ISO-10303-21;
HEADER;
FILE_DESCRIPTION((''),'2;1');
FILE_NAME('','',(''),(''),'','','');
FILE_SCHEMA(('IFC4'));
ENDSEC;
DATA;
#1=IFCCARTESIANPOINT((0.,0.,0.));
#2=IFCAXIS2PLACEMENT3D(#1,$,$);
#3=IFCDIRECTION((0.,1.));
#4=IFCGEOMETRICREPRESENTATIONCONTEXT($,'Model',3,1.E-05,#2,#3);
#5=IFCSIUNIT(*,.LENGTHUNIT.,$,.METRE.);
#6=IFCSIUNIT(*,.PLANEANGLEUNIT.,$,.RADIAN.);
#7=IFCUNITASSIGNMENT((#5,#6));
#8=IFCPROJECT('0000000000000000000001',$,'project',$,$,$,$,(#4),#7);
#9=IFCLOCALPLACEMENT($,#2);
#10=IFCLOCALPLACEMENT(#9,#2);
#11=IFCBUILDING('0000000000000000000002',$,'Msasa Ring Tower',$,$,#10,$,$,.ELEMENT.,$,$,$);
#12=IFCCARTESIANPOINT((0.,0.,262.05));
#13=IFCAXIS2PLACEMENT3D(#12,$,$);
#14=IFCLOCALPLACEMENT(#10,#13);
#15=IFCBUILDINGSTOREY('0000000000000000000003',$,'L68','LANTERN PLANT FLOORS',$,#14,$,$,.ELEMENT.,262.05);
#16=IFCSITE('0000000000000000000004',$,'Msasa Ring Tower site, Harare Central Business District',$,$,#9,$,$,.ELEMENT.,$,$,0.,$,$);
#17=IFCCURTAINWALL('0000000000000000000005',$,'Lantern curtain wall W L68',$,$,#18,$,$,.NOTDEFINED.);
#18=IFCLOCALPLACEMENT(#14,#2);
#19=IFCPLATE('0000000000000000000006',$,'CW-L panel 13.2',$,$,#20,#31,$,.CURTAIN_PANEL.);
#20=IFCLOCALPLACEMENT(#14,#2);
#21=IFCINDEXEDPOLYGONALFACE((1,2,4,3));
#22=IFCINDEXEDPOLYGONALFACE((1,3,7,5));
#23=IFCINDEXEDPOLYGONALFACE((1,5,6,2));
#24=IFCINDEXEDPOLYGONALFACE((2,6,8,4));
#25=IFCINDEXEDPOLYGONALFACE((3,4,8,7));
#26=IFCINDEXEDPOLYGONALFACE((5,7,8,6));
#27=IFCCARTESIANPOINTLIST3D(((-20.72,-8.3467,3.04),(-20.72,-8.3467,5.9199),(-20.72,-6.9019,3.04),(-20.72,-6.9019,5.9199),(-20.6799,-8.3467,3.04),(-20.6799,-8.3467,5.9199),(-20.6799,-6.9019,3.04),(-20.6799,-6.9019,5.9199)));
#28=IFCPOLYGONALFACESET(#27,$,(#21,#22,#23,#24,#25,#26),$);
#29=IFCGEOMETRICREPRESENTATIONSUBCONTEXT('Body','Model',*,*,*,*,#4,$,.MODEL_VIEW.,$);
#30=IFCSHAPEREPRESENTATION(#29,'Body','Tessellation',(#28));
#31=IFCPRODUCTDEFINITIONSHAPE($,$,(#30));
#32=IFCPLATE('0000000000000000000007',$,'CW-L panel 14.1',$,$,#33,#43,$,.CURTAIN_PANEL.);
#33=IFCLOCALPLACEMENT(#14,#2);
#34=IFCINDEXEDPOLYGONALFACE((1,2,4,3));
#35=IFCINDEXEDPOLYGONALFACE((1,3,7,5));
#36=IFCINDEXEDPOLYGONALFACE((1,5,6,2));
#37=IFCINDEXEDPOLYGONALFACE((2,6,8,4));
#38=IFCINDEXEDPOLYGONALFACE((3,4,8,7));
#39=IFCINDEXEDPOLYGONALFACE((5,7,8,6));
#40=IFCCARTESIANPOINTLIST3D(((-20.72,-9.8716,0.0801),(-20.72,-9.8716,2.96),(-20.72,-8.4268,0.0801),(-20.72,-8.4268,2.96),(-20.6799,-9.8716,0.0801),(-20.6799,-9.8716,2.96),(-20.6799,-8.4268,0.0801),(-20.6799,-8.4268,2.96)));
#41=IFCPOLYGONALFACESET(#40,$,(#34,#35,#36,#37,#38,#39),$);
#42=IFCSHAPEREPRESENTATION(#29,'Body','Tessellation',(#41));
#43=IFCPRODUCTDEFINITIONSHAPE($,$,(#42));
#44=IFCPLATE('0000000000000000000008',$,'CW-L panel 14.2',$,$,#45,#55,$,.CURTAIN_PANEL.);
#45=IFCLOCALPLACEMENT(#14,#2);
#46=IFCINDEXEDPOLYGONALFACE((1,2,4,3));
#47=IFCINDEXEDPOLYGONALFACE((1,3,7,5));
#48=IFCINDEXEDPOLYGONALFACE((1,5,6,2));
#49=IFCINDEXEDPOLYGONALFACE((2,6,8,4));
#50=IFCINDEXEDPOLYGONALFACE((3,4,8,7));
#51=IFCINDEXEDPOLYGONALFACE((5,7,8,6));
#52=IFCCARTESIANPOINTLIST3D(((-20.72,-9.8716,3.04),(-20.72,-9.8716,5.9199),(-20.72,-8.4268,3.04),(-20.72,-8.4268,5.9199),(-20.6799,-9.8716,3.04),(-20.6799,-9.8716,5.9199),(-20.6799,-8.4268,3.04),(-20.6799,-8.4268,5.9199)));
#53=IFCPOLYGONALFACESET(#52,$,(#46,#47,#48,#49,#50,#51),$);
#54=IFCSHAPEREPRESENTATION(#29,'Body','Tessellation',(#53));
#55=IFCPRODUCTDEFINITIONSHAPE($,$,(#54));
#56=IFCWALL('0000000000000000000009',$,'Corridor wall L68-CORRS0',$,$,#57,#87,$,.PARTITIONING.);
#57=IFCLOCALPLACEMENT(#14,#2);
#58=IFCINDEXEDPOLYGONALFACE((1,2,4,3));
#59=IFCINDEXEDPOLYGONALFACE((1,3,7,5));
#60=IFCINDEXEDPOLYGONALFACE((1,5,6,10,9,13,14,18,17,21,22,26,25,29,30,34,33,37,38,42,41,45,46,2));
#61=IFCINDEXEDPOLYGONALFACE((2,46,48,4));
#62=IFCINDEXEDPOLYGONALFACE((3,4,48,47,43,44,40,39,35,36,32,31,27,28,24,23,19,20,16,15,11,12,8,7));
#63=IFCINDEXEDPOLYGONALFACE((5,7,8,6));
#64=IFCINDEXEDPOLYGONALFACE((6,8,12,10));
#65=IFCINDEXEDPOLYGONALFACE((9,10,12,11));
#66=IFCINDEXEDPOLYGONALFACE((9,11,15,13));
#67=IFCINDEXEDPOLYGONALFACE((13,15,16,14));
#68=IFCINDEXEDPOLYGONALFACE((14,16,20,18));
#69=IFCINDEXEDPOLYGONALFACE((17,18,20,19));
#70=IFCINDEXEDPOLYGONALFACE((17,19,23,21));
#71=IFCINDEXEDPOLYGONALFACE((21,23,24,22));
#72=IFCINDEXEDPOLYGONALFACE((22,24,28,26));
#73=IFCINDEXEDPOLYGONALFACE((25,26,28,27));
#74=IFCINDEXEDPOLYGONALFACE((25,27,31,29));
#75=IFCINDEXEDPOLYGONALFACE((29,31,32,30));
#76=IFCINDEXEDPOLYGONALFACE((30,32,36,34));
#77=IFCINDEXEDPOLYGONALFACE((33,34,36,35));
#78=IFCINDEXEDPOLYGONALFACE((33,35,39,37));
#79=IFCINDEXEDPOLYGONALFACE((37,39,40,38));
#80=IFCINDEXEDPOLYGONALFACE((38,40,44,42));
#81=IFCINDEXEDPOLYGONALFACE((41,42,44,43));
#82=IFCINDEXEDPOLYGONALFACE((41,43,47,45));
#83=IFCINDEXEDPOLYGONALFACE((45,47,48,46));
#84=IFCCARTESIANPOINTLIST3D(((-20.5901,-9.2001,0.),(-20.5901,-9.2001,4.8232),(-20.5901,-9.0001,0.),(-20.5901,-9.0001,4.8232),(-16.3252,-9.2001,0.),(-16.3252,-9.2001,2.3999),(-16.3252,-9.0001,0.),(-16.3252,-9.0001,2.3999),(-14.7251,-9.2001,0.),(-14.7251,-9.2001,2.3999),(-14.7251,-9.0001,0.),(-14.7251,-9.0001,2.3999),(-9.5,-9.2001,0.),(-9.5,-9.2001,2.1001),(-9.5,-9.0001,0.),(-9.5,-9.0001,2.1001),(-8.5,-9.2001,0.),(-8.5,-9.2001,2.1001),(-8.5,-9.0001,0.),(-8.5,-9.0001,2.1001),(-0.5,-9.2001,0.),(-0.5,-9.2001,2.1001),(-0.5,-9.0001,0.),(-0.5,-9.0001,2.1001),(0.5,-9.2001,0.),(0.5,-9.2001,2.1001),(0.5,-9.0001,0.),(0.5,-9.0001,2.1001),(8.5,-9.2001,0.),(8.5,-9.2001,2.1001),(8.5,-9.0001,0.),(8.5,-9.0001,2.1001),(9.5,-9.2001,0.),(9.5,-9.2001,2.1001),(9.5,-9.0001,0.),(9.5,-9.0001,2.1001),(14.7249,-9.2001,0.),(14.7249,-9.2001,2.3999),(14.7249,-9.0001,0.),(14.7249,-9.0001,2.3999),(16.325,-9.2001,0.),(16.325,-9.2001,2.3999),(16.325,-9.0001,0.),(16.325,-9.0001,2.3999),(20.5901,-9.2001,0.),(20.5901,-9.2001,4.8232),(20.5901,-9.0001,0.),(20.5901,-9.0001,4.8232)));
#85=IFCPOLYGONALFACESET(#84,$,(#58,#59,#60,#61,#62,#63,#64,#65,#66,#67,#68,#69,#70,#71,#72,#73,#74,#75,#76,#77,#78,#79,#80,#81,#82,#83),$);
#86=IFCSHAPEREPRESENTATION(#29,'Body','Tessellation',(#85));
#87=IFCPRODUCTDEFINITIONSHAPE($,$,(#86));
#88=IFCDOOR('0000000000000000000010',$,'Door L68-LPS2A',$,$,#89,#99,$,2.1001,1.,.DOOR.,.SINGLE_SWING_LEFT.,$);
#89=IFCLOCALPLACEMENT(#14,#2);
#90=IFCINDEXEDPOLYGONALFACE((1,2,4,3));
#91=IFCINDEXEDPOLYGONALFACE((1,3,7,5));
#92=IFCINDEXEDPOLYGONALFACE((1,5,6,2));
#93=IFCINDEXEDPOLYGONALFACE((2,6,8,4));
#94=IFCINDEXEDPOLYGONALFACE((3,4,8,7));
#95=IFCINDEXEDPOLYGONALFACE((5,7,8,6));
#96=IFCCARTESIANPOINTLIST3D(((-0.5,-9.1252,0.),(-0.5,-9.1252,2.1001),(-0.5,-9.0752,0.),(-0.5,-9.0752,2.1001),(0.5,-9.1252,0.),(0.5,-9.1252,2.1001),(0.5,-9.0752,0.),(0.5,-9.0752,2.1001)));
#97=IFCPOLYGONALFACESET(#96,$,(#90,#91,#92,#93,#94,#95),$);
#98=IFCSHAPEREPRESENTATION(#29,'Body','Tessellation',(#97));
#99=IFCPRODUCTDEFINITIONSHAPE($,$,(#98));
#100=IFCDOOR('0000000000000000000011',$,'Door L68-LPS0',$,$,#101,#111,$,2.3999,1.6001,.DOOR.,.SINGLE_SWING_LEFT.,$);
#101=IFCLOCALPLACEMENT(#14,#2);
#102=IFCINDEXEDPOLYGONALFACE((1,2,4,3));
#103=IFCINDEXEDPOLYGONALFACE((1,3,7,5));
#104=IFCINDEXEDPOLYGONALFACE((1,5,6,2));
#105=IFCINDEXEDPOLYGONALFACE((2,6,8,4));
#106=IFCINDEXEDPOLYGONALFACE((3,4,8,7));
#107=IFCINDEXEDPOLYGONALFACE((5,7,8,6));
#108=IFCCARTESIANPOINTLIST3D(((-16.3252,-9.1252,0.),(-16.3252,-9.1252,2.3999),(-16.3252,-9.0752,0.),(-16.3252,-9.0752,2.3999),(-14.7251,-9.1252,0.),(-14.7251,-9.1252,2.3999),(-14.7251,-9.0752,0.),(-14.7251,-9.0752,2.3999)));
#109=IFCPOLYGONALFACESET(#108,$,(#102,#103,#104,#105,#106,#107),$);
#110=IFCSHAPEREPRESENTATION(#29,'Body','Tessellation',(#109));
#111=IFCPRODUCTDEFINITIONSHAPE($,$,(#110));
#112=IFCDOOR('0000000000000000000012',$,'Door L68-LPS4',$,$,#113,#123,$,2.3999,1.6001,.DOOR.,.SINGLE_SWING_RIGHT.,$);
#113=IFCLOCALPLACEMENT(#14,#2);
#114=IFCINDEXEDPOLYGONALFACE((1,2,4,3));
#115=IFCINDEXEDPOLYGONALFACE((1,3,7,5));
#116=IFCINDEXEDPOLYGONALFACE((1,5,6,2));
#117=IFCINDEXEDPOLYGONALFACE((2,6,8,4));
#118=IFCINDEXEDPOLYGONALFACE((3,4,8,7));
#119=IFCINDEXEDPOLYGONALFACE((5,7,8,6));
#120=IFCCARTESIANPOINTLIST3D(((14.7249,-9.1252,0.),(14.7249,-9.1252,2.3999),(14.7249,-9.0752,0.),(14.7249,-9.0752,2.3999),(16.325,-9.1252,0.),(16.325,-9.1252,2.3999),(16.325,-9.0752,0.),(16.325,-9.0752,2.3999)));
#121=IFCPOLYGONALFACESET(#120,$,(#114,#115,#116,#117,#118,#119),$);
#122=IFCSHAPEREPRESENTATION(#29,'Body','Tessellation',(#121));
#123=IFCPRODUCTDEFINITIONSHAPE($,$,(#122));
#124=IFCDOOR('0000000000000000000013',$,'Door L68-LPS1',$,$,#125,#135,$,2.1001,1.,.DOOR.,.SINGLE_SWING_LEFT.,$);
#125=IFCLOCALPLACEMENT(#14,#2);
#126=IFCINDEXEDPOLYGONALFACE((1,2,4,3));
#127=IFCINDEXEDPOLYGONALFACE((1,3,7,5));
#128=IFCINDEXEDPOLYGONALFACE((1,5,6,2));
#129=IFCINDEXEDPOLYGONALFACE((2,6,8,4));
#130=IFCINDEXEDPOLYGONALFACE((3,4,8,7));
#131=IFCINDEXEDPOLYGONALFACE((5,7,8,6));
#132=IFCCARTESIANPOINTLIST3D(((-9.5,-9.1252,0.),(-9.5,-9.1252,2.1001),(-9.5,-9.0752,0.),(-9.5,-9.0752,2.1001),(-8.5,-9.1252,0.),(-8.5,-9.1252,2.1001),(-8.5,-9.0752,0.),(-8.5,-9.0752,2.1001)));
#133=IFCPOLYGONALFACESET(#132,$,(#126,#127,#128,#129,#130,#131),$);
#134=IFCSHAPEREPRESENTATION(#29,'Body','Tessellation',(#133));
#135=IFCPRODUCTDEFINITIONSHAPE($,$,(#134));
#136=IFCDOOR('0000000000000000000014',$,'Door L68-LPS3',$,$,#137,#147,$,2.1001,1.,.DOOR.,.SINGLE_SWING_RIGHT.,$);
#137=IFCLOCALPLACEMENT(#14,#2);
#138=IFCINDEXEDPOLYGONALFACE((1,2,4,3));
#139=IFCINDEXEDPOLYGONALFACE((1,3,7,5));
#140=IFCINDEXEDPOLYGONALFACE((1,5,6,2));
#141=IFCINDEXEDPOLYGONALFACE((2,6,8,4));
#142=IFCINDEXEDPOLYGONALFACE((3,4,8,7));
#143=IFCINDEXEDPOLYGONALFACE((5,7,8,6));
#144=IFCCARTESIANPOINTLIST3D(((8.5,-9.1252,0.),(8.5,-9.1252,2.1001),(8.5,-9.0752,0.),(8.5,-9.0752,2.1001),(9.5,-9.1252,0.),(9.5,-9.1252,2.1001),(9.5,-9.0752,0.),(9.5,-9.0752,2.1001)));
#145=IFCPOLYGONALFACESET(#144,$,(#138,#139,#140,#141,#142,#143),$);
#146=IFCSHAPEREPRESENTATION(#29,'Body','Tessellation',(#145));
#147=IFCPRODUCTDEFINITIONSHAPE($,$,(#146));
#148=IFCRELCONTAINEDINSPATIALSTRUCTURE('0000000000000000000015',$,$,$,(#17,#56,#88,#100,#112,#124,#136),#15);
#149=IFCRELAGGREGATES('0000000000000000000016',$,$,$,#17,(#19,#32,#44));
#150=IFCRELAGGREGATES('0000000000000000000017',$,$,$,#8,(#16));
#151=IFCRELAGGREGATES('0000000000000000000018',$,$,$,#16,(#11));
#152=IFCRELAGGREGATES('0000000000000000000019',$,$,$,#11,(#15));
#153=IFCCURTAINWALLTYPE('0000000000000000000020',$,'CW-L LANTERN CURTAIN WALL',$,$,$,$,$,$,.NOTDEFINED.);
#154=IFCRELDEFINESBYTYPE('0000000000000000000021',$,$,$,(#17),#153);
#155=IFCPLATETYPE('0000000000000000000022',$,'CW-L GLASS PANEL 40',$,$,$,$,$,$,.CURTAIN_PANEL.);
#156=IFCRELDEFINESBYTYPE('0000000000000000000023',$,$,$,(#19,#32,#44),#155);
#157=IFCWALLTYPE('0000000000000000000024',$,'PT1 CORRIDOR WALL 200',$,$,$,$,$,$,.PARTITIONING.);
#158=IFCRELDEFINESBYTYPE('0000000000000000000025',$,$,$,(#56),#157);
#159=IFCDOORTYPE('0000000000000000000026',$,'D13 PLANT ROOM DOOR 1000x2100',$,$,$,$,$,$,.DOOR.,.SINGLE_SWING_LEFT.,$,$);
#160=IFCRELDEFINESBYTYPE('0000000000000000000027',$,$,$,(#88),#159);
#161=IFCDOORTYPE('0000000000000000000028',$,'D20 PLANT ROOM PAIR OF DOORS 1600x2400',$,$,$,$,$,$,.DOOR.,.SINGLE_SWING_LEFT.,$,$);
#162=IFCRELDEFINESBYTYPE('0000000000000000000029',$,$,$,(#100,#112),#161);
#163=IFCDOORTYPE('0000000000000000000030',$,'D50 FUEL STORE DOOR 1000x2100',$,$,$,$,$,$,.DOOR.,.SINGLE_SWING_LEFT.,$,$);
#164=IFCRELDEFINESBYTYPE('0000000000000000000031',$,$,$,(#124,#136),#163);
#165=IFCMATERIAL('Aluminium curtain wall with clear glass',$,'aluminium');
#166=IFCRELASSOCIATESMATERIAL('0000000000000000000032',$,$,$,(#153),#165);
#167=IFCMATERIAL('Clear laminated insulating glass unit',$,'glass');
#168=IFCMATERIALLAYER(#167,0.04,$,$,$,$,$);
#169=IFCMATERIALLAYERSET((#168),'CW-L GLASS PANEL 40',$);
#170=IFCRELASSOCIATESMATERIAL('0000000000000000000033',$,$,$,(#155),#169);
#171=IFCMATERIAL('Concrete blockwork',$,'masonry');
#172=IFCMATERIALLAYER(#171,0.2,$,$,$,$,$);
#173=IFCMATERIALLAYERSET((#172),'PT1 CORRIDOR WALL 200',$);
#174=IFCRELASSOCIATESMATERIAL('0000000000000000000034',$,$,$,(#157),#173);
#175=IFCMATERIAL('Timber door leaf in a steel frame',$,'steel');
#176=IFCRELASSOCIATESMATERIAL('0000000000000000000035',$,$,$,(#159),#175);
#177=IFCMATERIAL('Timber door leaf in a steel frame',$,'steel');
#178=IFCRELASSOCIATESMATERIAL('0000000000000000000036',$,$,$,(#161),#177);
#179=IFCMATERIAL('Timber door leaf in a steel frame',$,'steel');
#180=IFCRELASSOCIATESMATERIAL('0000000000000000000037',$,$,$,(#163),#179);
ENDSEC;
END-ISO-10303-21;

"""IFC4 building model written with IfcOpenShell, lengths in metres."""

from ifc_helpers import new_model, si_unit, direction, frame, frame_2d, origin, origin_2d, place, context, subcontext, project, spatial, rectangle, extrude, material, layer, layer_set, type_object, element, fill, aggregate, save


model = new_model("IFC4")

# Units and contexts
model_context = context("Model", 3, precision=1e-05, world=origin(), true_north=direction((0.0, 1.0)))
body_context = subcontext(model_context, "Body", "Model", "MODEL_VIEW")
ifc_project = project(units=[si_unit("LENGTHUNIT", "METRE"), si_unit("PLANEANGLEUNIT", "RADIAN")], contexts=[model_context])

# Site, building, storey
site_placement = place(None, origin())
site = spatial("IfcSite", under=ifc_project, at=site_placement, Name="Msasa Ring Tower site, Harare Central Business District", CompositionType="ELEMENT", RefElevation=0.0)
building_placement = place(site_placement, origin())
building = spatial("IfcBuilding", under=site, at=building_placement, Name="Msasa Ring Tower", CompositionType="ELEMENT")
storey_placement = place(building_placement, frame((0.0, 0.0, 262.05)))
storey = spatial("IfcBuildingStorey", under=building, at=storey_placement, Name="L68", Description="LANTERN PLANT FLOORS", CompositionType="ELEMENT", Elevation=262.05)

# Curtain wall, plates
ifc_material_1 = material(Name="Aluminium curtain wall with clear glass", Category="aluminium")
curtain_wall_type = type_object("IfcCurtainWallType", Name="CW-L LANTERN CURTAIN WALL", PredefinedType="NOTDEFINED", material=ifc_material_1)
curtain_wall_placement = place(storey_placement, origin())
curtain_wall = element("IfcCurtainWall", 1, at=curtain_wall_placement, inside=storey, type_object=curtain_wall_type, Name="Lantern curtain wall W L68", PredefinedType="NOTDEFINED")
ifc_material_2 = material(Name="Clear laminated insulating glass unit", Category="glass")
ifc_layer_1 = layer(ifc_material_2, 0.04)
ifc_layer_set_1 = layer_set([ifc_layer_1], Name="CW-L GLASS PANEL 40")
plate_type = type_object("IfcPlateType", Name="CW-L GLASS PANEL 40", PredefinedType="CURTAIN_PANEL", material=ifc_layer_set_1)
plate_1_placement = place(storey_placement, frame((-20.7, -7.6243, 3.04), z_axis=(0.0, 0.0, 1.0), x_axis=(0.0, -1.0, 0.0)))
plate_1 = element("IfcPlate", 2, at=plate_1_placement, type_object=plate_type, Name="CW-L panel 13.2", PredefinedType="CURTAIN_PANEL", context=body_context, shape_type="SweptSolid", body=[
    extrude(rectangle(XDim=1.4448, YDim=0.04, at=origin_2d()), origin(), (0.0, 0.0, 1.0), 2.8799),
])
plate_2_placement = place(storey_placement, frame((-20.7, -9.1492, 0.0801), z_axis=(0.0, 0.0, 1.0), x_axis=(0.0, -1.0, 0.0)))
plate_2 = element("IfcPlate", 3, at=plate_2_placement, type_object=plate_type, Name="CW-L panel 14.1", PredefinedType="CURTAIN_PANEL", context=body_context, shape_type="SweptSolid", body=[
    extrude(rectangle(XDim=1.4448, YDim=0.04, at=origin_2d()), origin(), (0.0, 0.0, 1.0), 2.8799),
])
plate_3_placement = place(storey_placement, frame((-20.7, -9.1492, 3.04), z_axis=(0.0, 0.0, 1.0), x_axis=(0.0, -1.0, 0.0)))
plate_3 = element("IfcPlate", 4, at=plate_3_placement, type_object=plate_type, Name="CW-L panel 14.2", PredefinedType="CURTAIN_PANEL", context=body_context, shape_type="SweptSolid", body=[
    extrude(rectangle(XDim=1.4448, YDim=0.04, at=origin_2d()), origin(), (0.0, 0.0, 1.0), 2.8799),
])
aggregate(curtain_wall, [plate_1, plate_2, plate_3])

# Wall, openings, doors
ifc_material_3 = material(Name="Concrete blockwork", Category="masonry")
ifc_layer_2 = layer(ifc_material_3, 0.2)
ifc_layer_set_2 = layer_set([ifc_layer_2], Name="PT1 CORRIDOR WALL 200")
wall_type = type_object("IfcWallType", Name="PT1 CORRIDOR WALL 200", PredefinedType="PARTITIONING", material=ifc_layer_set_2)
wall_placement = place(storey_placement, frame((-20.5901, -9.1001, 0.0), z_axis=(0.0, 0.0, 1.0), x_axis=(1.0, 0.0, 0.0)))
wall = element("IfcWall", 5, at=wall_placement, inside=storey, type_object=wall_type, Name="Corridor wall L68-CORRS0", PredefinedType="PARTITIONING", context=body_context, shape_type="SweptSolid", body=[
    extrude(rectangle(XDim=41.1802, YDim=0.2, at=frame_2d((20.5901, 0.0))), origin(), (0.0, 0.0, 1.0), 4.8232),
])
opening_1_placement = place(wall_placement, frame((4.2649, 0.0, 0.0)))
opening_1 = element("IfcOpeningElement", 6, at=opening_1_placement, cuts=wall, PredefinedType="OPENING", context=body_context, shape_type="SweptSolid", body=[
    extrude(rectangle(XDim=1.6001, YDim=2.3999, at=frame_2d((0.8, 1.2))), frame((0.0, 0.1099, 0.0), z_axis=(0.0, -1.0, 0.0), x_axis=(1.0, 0.0, 0.0)), (0.0, 0.0, 1.0), 0.22),
])
opening_2_placement = place(wall_placement, frame((11.0901, 0.0, 0.0)))
opening_2 = element("IfcOpeningElement", 7, at=opening_2_placement, cuts=wall, PredefinedType="OPENING", context=body_context, shape_type="SweptSolid", body=[
    extrude(rectangle(XDim=1.0, YDim=2.1001, at=frame_2d((0.5, 1.05))), frame((0.0, 0.1099, 0.0), z_axis=(0.0, -1.0, 0.0), x_axis=(1.0, 0.0, 0.0)), (0.0, 0.0, 1.0), 0.22),
])
opening_3_placement = place(wall_placement, frame((20.0901, 0.0, 0.0)))
opening_3 = element("IfcOpeningElement", 8, at=opening_3_placement, cuts=wall, PredefinedType="OPENING", context=body_context, shape_type="SweptSolid", body=[
    extrude(rectangle(XDim=1.0, YDim=2.1001, at=frame_2d((0.5, 1.05))), frame((0.0, 0.1099, 0.0), z_axis=(0.0, -1.0, 0.0), x_axis=(1.0, 0.0, 0.0)), (0.0, 0.0, 1.0), 0.22),
])
opening_4_placement = place(wall_placement, frame((29.0901, 0.0, 0.0)))
opening_4 = element("IfcOpeningElement", 9, at=opening_4_placement, cuts=wall, PredefinedType="OPENING", context=body_context, shape_type="SweptSolid", body=[
    extrude(rectangle(XDim=1.0, YDim=2.1001, at=frame_2d((0.5, 1.05))), frame((0.0, 0.1099, 0.0), z_axis=(0.0, -1.0, 0.0), x_axis=(1.0, 0.0, 0.0)), (0.0, 0.0, 1.0), 0.22),
])
opening_5_placement = place(wall_placement, frame((35.3149, 0.0, 0.0)))
opening_5 = element("IfcOpeningElement", 10, at=opening_5_placement, cuts=wall, PredefinedType="OPENING", context=body_context, shape_type="SweptSolid", body=[
    extrude(rectangle(XDim=1.6001, YDim=2.3999, at=frame_2d((0.8, 1.2))), frame((0.0, 0.1099, 0.0), z_axis=(0.0, -1.0, 0.0), x_axis=(1.0, 0.0, 0.0)), (0.0, 0.0, 1.0), 0.22),
])
ifc_material_4 = material(Name="Timber door leaf in a steel frame", Category="steel")
door_type_1 = type_object("IfcDoorType", Name="D13 PLANT ROOM DOOR 1000x2100", OperationType="SINGLE_SWING_LEFT", PredefinedType="DOOR", material=ifc_material_4)
door_1_placement = place(opening_3_placement, origin())
door_1 = element("IfcDoor", 11, at=door_1_placement, inside=storey, type_object=door_type_1, Name="Door L68-LPS2A", OperationType="SINGLE_SWING_LEFT", OverallHeight=2.1001, OverallWidth=1.0, PredefinedType="DOOR", context=body_context, shape_type="SweptSolid", body=[
    extrude(rectangle(XDim=1.0, YDim=2.1001, at=frame_2d((0.5, 1.05))), frame((0.0, 0.0249, 0.0), z_axis=(0.0, -1.0, 0.0), x_axis=(1.0, 0.0, 0.0)), (0.0, 0.0, 1.0), 0.05),
])
fill(opening_3, door_1)
ifc_material_5 = material(Name="Timber door leaf in a steel frame", Category="steel")
door_type_2 = type_object("IfcDoorType", Name="D20 PLANT ROOM PAIR OF DOORS 1600x2400", OperationType="SINGLE_SWING_LEFT", PredefinedType="DOOR", material=ifc_material_5)
door_2_placement = place(opening_1_placement, origin())
door_2 = element("IfcDoor", 12, at=door_2_placement, inside=storey, type_object=door_type_2, Name="Door L68-LPS0", OperationType="SINGLE_SWING_LEFT", OverallHeight=2.3999, OverallWidth=1.6001, PredefinedType="DOOR", context=body_context, shape_type="SweptSolid", body=[
    extrude(rectangle(XDim=1.6001, YDim=2.3999, at=frame_2d((0.8, 1.2))), frame((0.0, 0.0249, 0.0), z_axis=(0.0, -1.0, 0.0), x_axis=(1.0, 0.0, 0.0)), (0.0, 0.0, 1.0), 0.05),
])
fill(opening_1, door_2)
door_3_placement = place(opening_5_placement, origin())
door_3 = element("IfcDoor", 13, at=door_3_placement, inside=storey, type_object=door_type_2, Name="Door L68-LPS4", OperationType="SINGLE_SWING_RIGHT", OverallHeight=2.3999, OverallWidth=1.6001, PredefinedType="DOOR", context=body_context, shape_type="SweptSolid", body=[
    extrude(rectangle(XDim=1.6001, YDim=2.3999, at=frame_2d((0.8, 1.2))), frame((0.0, 0.0249, 0.0), z_axis=(0.0, -1.0, 0.0), x_axis=(1.0, 0.0, 0.0)), (0.0, 0.0, 1.0), 0.05),
])
fill(opening_5, door_3)
ifc_material_6 = material(Name="Timber door leaf in a steel frame", Category="steel")
door_type_3 = type_object("IfcDoorType", Name="D50 FUEL STORE DOOR 1000x2100", OperationType="SINGLE_SWING_LEFT", PredefinedType="DOOR", material=ifc_material_6)
door_4_placement = place(opening_2_placement, origin())
door_4 = element("IfcDoor", 14, at=door_4_placement, inside=storey, type_object=door_type_3, Name="Door L68-LPS1", OperationType="SINGLE_SWING_LEFT", OverallHeight=2.1001, OverallWidth=1.0, PredefinedType="DOOR", context=body_context, shape_type="SweptSolid", body=[
    extrude(rectangle(XDim=1.0, YDim=2.1001, at=frame_2d((0.5, 1.05))), frame((0.0, 0.0249, 0.0), z_axis=(0.0, -1.0, 0.0), x_axis=(1.0, 0.0, 0.0)), (0.0, 0.0, 1.0), 0.05),
])
fill(opening_2, door_4)
door_5_placement = place(opening_4_placement, origin())
door_5 = element("IfcDoor", 15, at=door_5_placement, inside=storey, type_object=door_type_3, Name="Door L68-LPS3", OperationType="SINGLE_SWING_RIGHT", OverallHeight=2.1001, OverallWidth=1.0, PredefinedType="DOOR", context=body_context, shape_type="SweptSolid", body=[
    extrude(rectangle(XDim=1.0, YDim=2.1001, at=frame_2d((0.5, 1.05))), frame((0.0, 0.0249, 0.0), z_axis=(0.0, -1.0, 0.0), x_axis=(1.0, 0.0, 0.0)), (0.0, 0.0, 1.0), 0.05),
])
fill(opening_4, door_5)

save(model, "model.ifc")
